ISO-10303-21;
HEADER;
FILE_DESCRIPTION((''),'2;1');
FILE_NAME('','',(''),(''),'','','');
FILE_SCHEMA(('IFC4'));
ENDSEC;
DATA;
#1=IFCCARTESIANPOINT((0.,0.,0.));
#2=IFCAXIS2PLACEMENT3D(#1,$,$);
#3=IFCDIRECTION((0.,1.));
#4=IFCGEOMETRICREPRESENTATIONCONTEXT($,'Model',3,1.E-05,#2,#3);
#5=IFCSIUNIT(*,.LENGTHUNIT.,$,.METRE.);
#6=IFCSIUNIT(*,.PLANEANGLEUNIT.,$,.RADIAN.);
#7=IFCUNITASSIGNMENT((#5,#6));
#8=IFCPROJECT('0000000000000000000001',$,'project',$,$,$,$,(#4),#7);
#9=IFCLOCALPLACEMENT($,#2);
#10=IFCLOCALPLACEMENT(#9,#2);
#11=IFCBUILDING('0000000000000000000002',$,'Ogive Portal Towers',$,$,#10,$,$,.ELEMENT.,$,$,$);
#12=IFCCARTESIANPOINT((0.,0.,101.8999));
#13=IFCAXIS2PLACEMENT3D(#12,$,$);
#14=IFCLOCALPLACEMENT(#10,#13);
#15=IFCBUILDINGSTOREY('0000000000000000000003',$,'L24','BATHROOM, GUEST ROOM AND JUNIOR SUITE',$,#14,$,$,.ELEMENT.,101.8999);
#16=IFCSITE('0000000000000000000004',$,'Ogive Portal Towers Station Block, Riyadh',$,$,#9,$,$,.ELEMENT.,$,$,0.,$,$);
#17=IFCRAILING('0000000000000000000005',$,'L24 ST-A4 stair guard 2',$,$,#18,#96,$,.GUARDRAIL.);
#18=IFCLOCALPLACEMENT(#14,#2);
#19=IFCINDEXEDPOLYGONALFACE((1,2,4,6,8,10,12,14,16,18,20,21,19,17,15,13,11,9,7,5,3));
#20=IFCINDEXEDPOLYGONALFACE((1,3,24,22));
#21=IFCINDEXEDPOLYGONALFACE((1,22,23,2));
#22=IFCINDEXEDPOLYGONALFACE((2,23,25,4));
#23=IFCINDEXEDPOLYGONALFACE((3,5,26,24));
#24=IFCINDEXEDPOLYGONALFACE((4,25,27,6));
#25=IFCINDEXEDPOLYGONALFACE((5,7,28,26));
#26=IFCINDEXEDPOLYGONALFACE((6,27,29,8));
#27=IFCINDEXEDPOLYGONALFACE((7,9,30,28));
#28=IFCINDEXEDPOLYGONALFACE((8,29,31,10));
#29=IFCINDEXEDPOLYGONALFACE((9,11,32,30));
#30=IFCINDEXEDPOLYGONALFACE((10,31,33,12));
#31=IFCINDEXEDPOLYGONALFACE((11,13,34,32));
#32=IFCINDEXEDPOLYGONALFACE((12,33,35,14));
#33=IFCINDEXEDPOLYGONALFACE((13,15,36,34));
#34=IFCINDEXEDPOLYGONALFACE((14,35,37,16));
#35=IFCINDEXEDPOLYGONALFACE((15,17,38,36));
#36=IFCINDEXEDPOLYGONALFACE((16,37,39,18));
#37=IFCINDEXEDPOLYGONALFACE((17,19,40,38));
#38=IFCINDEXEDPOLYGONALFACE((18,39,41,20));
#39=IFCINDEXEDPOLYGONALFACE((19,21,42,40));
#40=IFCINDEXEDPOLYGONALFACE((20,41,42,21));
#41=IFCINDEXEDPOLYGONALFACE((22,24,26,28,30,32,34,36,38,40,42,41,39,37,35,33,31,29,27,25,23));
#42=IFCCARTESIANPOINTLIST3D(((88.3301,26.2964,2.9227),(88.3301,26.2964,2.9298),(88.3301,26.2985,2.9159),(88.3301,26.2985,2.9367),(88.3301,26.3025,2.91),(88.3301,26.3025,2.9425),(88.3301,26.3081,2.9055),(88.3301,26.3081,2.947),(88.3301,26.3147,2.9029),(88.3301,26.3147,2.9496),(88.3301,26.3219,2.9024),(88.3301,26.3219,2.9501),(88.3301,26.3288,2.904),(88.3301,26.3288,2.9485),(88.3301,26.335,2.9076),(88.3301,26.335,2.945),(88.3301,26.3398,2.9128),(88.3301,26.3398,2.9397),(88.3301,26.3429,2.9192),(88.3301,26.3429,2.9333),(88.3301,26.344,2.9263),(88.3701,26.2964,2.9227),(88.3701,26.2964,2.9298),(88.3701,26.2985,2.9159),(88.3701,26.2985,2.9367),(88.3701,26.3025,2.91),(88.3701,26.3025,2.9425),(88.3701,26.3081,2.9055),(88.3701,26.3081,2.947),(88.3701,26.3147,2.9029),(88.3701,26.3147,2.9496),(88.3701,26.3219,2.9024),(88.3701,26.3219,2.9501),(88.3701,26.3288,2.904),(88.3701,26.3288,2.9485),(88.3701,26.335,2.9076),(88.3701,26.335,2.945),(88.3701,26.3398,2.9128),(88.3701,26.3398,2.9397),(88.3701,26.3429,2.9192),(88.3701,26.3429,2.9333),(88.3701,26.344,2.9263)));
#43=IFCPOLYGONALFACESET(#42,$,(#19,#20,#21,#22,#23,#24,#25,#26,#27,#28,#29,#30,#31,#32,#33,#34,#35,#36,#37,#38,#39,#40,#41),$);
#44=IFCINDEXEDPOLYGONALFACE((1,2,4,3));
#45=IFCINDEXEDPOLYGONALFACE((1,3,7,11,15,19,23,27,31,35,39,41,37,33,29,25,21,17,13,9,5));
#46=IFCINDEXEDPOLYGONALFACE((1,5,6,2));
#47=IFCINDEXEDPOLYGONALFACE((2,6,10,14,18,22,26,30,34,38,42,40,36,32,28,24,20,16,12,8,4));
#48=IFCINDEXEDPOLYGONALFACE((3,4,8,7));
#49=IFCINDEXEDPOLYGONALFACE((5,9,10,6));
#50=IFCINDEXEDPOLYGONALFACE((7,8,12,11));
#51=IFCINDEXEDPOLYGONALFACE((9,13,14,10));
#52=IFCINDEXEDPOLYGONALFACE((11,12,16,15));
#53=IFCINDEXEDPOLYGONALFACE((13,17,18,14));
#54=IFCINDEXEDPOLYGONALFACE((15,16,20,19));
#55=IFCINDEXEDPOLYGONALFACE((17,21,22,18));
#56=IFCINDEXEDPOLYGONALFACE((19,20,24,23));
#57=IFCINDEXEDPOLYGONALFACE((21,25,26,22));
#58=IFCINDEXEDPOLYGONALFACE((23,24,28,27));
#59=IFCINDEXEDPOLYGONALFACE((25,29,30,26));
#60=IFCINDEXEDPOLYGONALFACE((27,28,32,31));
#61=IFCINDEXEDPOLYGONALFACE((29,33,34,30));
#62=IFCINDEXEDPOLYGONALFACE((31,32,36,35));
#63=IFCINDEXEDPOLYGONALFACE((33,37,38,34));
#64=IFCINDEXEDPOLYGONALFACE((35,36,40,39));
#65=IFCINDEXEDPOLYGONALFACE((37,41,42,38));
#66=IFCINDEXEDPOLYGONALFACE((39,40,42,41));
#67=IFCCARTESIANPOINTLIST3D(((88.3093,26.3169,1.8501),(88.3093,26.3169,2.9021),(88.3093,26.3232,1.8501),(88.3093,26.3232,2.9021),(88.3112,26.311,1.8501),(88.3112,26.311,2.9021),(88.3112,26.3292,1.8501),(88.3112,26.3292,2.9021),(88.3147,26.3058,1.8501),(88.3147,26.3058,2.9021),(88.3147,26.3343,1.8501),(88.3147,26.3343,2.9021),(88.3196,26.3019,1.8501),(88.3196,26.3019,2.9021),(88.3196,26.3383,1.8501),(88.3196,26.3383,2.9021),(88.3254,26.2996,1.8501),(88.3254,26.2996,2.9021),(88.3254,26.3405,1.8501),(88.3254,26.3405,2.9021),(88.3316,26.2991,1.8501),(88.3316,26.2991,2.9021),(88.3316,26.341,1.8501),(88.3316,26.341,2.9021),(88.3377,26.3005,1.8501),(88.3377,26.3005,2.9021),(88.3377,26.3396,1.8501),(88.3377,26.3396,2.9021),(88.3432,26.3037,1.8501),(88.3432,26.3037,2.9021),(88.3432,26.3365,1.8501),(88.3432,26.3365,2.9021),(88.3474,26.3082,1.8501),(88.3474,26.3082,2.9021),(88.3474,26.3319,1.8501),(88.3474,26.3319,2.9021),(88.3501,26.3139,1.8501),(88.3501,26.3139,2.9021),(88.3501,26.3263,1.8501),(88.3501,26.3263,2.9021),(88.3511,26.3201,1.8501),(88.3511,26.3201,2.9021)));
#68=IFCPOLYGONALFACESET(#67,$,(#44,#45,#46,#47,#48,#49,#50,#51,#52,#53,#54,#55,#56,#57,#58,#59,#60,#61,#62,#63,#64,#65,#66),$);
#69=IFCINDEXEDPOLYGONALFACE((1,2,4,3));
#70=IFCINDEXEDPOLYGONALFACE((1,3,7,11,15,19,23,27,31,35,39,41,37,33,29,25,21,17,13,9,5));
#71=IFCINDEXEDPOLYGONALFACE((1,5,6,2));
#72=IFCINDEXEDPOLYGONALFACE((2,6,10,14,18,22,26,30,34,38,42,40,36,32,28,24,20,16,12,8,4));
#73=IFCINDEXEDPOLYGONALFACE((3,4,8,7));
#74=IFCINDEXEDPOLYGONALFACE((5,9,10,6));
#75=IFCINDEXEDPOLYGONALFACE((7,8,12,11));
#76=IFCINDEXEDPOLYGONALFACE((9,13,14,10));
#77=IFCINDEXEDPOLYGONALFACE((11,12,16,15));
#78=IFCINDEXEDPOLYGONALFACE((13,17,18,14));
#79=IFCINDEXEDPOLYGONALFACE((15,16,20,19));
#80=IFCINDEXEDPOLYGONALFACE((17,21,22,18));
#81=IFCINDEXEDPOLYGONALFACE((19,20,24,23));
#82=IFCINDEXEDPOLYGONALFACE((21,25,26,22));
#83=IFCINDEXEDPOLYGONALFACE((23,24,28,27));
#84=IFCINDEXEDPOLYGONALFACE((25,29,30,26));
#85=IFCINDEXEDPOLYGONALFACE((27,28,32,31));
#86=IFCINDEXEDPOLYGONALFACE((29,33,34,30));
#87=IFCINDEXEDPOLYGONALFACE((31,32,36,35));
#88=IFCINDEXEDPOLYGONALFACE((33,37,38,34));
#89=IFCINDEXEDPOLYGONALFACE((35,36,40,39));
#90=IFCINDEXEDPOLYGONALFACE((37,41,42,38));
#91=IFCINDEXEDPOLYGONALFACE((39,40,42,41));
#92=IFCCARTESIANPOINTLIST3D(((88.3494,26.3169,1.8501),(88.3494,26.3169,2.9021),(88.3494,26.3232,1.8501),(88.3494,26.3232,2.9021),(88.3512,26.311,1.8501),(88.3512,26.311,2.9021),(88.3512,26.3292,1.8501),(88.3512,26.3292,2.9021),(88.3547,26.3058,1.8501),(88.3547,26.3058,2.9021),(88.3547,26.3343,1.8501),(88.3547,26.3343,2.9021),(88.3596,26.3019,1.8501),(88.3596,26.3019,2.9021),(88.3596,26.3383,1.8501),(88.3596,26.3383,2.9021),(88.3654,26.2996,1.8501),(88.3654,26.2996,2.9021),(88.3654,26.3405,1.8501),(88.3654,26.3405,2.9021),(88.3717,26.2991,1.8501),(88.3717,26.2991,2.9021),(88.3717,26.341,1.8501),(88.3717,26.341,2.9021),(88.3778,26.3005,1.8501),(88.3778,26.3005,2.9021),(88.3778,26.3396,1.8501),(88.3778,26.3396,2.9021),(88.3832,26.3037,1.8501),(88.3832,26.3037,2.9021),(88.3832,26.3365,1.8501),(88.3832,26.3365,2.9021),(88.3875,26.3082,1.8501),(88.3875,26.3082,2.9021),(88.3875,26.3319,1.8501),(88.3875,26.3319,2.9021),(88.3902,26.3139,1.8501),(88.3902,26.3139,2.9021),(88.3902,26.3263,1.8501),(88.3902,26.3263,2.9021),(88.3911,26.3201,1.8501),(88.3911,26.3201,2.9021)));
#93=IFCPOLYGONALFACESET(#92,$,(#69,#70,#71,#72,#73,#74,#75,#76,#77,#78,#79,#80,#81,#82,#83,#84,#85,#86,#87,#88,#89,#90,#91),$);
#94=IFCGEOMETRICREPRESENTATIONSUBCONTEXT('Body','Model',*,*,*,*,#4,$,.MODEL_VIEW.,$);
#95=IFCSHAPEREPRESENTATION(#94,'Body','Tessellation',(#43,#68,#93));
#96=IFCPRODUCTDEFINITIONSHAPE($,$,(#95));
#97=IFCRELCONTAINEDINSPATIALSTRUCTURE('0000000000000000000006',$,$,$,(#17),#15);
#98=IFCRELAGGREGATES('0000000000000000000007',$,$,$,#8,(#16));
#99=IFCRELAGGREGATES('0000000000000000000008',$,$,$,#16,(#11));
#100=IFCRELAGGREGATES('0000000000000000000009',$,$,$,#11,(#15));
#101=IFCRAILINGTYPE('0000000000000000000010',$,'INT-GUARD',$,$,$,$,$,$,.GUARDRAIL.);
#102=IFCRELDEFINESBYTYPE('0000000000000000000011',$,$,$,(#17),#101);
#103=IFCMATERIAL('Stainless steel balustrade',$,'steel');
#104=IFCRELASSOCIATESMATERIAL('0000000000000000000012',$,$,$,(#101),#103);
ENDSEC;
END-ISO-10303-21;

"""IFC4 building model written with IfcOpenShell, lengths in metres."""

from ifc_helpers import new_model, si_unit, direction, frame, origin, origin_2d, place, context, subcontext, project, spatial, circle, extrude, material, type_object, element, save


model = new_model("IFC4")

# Units and contexts
model_context = context("Model", 3, precision=1e-05, world=origin(), true_north=direction((0.0, 1.0)))
body_context = subcontext(model_context, "Body", "Model", "MODEL_VIEW")
ifc_project = project(units=[si_unit("LENGTHUNIT", "METRE"), si_unit("PLANEANGLEUNIT", "RADIAN")], contexts=[model_context])

# Site, building, storey
site_placement = place(None, origin())
site = spatial("IfcSite", under=ifc_project, at=site_placement, Name="Ogive Portal Towers Station Block, Riyadh", CompositionType="ELEMENT", RefElevation=0.0)
building_placement = place(site_placement, origin())
building = spatial("IfcBuilding", under=site, at=building_placement, Name="Ogive Portal Towers", CompositionType="ELEMENT")
storey_placement = place(building_placement, frame((0.0, 0.0, 101.8999)))
storey = spatial("IfcBuildingStorey", under=building, at=storey_placement, Name="L24", Description="BATHROOM, GUEST ROOM AND JUNIOR SUITE", CompositionType="ELEMENT", Elevation=101.8999)

# Railing
ifc_material_1 = material(Name="Stainless steel balustrade", Category="steel")
railing_type_1 = type_object("IfcRailingType", Name="INT-GUARD", PredefinedType="GUARDRAIL", material=ifc_material_1)
railing_1_placement = place(storey_placement, frame((88.3301, 26.3201, 1.8501)))
element("IfcRailing", 1, at=railing_1_placement, inside=storey, type_object=railing_type_1, Name="L24 ST-A4 stair guard 2", PredefinedType="GUARDRAIL", context=body_context, shape_type="SweptSolid", body=[
    extrude(circle(Radius=0.0239, at=origin_2d()), frame((0.0, 0.0, 1.0762), z_axis=(1.0, 0.0, 0.0), x_axis=(0.0, 1.0, 0.0)), (0.0, 0.0, 1.0), 0.04),
    extrude(circle(Radius=0.021, at=origin_2d()), origin(), (0.0, 0.0, 1.0), 1.052),
    extrude(circle(Radius=0.021, at=origin_2d()), frame((0.04, 0.0, 0.0)), (0.0, 0.0, 1.0), 1.052),
])

save(model, "model.ifc")
